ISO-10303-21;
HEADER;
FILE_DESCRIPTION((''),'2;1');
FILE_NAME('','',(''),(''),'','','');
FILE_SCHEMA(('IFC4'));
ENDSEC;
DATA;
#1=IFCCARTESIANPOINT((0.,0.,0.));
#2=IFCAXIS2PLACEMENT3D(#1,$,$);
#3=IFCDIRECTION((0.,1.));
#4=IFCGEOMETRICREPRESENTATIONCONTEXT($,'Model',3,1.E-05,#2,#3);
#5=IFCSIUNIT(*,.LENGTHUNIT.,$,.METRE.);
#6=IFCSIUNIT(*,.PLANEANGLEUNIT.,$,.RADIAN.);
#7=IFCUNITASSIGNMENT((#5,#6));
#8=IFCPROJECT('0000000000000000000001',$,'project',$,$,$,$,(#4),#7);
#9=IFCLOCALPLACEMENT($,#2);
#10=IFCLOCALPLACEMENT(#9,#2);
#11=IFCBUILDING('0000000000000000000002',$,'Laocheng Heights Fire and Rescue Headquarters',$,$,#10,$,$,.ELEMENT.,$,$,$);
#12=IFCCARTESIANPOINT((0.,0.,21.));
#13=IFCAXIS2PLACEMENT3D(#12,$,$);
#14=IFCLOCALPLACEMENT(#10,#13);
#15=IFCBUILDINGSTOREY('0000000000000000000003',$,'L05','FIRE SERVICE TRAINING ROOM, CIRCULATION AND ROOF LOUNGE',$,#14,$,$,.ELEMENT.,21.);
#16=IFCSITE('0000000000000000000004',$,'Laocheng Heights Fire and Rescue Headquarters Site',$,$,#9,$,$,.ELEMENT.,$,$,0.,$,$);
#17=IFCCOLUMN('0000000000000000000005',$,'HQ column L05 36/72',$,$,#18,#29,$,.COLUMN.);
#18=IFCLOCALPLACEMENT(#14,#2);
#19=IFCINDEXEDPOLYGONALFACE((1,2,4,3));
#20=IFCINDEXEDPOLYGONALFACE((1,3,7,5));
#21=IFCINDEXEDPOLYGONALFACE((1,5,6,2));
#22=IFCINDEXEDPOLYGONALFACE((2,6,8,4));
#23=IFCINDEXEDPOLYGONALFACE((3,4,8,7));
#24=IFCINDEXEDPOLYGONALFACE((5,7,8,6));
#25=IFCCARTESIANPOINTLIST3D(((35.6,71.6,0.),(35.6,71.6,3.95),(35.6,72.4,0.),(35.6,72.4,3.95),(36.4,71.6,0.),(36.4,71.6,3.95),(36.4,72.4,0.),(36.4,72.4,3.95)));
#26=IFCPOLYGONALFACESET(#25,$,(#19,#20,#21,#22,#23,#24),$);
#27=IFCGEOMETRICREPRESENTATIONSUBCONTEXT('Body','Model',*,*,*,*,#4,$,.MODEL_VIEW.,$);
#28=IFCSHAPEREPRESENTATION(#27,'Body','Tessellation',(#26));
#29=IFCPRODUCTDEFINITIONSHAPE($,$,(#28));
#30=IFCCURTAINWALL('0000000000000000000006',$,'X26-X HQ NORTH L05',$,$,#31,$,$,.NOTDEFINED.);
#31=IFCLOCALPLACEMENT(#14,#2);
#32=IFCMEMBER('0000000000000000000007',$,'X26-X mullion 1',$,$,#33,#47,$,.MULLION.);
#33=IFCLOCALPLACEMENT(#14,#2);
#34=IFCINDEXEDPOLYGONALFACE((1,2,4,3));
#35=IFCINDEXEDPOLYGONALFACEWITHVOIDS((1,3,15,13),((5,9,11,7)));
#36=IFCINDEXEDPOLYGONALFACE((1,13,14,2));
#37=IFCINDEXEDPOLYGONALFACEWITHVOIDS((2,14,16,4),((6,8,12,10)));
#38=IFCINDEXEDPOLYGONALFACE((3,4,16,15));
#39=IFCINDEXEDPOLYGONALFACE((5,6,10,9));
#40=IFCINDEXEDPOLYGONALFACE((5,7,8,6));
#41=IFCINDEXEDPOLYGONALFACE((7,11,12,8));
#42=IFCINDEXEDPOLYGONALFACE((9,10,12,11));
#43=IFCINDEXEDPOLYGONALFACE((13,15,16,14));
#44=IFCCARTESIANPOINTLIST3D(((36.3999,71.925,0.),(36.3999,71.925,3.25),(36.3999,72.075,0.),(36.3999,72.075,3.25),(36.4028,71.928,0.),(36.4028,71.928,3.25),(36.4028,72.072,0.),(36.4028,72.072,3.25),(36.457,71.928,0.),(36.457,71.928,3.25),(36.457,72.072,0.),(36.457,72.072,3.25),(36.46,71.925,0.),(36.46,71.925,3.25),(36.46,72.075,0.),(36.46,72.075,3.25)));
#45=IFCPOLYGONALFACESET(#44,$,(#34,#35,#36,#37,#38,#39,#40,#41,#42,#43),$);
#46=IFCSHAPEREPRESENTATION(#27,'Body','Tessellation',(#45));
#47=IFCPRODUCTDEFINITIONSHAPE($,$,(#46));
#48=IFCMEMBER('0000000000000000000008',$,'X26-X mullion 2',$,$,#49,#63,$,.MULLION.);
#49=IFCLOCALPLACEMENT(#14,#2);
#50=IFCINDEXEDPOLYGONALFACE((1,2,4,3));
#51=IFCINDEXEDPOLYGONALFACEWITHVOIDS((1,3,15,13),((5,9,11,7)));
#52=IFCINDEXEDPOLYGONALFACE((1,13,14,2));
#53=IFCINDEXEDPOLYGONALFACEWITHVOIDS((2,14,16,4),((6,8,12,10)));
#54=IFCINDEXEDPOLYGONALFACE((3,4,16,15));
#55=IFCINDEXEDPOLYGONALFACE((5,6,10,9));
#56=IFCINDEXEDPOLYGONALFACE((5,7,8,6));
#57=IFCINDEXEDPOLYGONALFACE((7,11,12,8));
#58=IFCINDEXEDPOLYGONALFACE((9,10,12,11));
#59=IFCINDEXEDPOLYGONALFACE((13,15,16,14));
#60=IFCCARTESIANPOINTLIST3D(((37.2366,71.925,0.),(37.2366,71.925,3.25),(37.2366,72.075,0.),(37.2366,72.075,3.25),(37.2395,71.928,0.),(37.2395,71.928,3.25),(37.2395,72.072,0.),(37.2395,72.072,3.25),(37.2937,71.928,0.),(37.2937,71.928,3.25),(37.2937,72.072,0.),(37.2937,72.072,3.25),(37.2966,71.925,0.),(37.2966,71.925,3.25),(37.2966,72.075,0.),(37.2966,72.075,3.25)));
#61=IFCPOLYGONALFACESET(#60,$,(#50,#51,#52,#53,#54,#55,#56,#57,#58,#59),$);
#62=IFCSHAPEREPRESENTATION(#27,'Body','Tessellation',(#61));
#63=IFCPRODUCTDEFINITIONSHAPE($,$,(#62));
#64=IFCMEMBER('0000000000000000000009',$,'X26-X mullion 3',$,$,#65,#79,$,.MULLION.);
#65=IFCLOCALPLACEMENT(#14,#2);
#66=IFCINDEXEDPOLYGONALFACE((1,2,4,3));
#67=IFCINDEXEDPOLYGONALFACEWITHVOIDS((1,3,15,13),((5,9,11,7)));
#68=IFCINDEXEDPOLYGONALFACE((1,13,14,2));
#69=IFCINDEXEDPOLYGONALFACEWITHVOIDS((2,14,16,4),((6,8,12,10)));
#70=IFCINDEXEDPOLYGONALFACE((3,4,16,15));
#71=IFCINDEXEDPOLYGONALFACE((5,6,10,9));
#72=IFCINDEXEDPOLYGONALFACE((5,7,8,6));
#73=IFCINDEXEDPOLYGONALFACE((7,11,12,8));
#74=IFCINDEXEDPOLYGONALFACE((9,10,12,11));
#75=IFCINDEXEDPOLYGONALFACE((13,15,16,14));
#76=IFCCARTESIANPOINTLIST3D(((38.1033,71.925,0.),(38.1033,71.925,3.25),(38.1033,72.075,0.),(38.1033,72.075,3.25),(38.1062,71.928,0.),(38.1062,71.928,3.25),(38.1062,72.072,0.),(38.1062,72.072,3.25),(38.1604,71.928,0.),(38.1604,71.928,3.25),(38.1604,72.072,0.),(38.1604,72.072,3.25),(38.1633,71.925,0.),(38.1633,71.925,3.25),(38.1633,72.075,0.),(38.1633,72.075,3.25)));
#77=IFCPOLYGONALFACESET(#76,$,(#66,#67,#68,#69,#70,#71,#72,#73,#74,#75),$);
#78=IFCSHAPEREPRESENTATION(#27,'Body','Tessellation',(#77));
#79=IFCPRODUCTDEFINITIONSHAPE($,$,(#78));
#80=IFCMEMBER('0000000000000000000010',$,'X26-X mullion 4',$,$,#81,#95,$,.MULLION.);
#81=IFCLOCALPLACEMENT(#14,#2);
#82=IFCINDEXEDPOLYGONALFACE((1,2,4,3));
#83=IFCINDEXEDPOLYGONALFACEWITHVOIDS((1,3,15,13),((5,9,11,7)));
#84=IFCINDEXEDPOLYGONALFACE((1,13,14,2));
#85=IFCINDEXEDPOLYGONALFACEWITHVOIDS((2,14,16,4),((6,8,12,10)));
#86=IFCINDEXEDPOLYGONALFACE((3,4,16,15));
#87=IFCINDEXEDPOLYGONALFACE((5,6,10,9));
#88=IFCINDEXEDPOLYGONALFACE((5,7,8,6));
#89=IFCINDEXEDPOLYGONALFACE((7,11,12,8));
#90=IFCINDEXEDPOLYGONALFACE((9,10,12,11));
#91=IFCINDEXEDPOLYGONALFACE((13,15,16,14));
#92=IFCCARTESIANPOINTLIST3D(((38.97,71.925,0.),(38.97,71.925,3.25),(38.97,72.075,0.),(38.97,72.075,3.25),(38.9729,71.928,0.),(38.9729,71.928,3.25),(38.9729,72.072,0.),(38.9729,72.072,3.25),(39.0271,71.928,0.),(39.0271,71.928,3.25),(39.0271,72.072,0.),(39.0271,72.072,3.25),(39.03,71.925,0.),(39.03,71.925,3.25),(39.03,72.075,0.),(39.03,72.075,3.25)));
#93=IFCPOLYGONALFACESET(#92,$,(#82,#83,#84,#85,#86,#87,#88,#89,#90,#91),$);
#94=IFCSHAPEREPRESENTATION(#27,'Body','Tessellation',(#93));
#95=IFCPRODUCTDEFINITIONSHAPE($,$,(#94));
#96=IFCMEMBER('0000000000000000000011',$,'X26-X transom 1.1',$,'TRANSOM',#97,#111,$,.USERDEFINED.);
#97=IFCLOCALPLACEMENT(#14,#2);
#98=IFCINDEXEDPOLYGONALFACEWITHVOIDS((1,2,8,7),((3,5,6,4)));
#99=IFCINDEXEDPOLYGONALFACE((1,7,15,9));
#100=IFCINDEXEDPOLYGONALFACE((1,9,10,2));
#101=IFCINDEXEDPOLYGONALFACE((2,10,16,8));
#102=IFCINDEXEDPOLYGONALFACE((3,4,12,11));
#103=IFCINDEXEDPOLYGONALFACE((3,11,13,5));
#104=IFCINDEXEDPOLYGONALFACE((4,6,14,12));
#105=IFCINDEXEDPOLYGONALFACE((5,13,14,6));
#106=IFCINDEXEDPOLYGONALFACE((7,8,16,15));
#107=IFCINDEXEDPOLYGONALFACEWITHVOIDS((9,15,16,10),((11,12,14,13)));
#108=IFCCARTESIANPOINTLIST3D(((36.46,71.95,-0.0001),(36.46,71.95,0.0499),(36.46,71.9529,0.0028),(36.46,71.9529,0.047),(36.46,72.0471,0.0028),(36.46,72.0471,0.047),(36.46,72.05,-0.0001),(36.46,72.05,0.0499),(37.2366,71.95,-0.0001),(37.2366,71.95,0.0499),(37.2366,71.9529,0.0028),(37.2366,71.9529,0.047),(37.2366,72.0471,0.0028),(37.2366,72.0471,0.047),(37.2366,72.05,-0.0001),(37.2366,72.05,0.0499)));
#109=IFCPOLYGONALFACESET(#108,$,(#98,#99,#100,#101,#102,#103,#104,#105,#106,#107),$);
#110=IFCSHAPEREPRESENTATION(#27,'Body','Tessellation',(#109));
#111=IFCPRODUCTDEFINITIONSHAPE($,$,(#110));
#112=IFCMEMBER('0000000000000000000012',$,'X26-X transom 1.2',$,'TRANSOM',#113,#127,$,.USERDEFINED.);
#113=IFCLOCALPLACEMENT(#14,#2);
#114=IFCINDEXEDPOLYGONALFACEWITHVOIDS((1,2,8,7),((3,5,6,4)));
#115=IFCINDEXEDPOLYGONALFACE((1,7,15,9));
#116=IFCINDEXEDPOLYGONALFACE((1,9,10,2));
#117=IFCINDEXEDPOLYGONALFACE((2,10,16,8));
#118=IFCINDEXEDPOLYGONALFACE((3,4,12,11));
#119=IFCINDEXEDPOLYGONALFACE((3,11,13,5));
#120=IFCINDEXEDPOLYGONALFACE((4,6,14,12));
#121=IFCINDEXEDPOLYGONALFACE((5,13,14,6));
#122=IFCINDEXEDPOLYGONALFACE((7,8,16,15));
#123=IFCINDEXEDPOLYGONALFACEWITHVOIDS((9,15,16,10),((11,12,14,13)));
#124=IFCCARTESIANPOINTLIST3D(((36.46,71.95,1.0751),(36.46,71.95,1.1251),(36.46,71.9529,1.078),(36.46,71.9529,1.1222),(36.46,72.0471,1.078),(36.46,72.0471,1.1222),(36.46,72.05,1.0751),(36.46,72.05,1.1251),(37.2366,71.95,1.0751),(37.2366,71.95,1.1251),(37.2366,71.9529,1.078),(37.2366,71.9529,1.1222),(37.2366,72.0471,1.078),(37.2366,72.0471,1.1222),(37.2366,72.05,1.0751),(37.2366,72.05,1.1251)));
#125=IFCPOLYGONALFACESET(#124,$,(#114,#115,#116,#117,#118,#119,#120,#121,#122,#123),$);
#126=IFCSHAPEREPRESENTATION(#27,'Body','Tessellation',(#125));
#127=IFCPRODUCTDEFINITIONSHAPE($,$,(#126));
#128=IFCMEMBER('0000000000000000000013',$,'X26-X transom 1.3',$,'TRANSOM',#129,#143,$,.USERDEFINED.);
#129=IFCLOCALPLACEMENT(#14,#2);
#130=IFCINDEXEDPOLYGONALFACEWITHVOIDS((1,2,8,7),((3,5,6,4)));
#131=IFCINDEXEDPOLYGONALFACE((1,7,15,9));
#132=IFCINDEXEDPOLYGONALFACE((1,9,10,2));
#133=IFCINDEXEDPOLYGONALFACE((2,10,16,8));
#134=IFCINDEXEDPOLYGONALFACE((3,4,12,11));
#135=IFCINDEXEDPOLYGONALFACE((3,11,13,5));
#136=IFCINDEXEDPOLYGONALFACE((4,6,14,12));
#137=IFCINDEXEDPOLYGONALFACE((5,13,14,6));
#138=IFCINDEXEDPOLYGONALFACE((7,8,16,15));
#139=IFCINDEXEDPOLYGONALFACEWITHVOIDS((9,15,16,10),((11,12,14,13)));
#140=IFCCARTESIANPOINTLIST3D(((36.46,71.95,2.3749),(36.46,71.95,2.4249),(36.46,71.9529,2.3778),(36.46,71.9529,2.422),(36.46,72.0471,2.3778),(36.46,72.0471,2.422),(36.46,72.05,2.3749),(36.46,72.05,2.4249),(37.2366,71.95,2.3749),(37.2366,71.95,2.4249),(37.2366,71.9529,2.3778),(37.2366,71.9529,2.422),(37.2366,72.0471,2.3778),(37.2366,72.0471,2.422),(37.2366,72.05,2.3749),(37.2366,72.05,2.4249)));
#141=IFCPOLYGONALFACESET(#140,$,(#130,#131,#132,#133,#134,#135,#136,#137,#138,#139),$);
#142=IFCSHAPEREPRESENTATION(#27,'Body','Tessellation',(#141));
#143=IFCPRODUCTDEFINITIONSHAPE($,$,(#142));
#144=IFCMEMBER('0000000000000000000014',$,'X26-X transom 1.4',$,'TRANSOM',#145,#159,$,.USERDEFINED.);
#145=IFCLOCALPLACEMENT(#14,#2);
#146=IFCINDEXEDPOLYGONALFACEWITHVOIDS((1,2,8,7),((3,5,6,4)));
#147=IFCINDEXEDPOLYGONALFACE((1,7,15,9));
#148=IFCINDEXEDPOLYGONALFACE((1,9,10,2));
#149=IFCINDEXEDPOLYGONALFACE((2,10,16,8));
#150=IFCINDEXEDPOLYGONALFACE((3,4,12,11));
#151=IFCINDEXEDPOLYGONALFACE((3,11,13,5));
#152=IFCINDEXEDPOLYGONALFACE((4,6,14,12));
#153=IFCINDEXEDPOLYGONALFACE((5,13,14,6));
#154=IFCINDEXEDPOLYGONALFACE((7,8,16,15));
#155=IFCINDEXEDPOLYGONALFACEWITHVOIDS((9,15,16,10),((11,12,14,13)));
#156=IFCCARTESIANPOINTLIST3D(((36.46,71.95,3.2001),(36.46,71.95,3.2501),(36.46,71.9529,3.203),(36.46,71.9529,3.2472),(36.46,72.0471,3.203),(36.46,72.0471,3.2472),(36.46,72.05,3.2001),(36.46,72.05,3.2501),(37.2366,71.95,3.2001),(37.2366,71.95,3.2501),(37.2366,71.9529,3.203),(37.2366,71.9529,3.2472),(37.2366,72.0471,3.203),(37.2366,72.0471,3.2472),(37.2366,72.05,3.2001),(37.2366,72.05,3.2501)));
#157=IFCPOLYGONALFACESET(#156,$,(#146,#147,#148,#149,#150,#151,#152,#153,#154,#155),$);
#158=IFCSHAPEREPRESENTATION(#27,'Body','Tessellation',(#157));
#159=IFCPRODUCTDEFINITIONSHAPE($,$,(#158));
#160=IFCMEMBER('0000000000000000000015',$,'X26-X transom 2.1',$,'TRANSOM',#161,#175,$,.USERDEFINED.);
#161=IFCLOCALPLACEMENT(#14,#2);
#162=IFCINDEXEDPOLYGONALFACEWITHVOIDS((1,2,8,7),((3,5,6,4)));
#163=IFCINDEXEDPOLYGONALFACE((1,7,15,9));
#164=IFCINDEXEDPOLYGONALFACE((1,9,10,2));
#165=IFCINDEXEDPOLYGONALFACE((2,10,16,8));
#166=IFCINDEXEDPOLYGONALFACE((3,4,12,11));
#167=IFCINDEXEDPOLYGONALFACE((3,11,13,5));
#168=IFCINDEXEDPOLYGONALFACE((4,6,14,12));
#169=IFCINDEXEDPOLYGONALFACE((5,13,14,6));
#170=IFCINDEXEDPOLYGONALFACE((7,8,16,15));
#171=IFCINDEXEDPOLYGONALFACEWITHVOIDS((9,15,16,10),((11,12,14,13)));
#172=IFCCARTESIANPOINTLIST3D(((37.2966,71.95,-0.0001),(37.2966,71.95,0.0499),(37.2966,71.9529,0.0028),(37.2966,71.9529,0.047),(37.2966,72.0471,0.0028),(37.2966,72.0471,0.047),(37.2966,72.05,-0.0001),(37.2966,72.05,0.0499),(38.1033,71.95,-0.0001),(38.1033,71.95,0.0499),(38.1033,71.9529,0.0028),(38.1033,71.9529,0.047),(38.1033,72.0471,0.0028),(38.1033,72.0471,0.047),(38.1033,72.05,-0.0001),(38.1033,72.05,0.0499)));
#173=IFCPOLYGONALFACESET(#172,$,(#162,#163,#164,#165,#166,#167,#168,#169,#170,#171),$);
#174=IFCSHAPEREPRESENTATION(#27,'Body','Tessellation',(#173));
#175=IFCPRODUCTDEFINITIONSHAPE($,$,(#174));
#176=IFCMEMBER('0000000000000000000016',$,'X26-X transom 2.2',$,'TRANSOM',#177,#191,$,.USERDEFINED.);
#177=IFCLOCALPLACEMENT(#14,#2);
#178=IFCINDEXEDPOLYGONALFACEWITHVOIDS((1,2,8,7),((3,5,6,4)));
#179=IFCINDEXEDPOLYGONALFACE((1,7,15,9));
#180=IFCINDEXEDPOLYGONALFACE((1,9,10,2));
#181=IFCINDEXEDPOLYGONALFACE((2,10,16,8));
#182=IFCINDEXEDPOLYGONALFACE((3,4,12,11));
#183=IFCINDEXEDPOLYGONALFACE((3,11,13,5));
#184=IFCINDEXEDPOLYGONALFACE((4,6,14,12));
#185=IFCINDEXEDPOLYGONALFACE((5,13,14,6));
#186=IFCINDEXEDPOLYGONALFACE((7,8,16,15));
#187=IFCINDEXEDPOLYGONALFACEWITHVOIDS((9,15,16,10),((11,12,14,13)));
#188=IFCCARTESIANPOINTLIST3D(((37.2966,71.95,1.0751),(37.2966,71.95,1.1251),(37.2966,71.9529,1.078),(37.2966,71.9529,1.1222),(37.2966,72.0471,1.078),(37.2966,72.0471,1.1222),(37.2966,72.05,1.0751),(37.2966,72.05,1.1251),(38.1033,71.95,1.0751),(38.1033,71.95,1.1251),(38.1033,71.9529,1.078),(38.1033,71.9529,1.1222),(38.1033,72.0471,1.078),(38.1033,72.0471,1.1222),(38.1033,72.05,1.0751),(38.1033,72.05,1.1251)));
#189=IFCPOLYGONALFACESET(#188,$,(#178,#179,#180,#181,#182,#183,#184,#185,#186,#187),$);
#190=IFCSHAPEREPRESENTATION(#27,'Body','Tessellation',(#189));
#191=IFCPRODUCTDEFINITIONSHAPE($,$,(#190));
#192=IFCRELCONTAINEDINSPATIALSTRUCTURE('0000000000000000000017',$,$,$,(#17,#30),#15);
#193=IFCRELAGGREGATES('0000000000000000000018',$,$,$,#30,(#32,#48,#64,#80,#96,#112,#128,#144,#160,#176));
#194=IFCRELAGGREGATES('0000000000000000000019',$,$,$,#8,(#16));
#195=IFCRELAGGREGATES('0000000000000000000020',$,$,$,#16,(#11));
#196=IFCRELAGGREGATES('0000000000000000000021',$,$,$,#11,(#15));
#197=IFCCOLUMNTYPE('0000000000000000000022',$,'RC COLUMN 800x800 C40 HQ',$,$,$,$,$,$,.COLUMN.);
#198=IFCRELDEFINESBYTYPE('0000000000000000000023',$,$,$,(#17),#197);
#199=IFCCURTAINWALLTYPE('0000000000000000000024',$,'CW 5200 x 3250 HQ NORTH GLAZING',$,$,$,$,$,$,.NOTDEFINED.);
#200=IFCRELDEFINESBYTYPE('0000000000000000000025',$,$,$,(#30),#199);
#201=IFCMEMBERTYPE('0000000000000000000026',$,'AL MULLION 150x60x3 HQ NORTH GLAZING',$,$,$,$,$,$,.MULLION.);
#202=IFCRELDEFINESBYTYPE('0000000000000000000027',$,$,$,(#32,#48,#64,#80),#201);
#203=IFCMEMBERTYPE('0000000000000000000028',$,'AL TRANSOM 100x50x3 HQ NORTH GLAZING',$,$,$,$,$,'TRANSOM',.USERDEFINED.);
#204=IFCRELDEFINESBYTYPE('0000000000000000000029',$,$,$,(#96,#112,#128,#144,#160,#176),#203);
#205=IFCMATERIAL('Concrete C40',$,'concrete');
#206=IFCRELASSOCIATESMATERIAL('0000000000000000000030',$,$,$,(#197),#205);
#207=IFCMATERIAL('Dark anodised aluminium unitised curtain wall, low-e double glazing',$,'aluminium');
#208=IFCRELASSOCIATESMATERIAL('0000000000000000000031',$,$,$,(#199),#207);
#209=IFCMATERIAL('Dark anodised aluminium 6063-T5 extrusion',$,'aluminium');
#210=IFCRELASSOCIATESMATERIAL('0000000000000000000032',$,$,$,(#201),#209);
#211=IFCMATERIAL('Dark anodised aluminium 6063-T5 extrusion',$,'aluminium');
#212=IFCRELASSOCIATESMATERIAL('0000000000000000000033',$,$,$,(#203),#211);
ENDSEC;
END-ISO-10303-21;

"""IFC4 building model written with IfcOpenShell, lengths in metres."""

from ifc_helpers import new_model, si_unit, direction, frame, origin, origin_2d, place, context, subcontext, project, spatial, rectangle, hollow_rectangle, extrude, material, material_profile, profile_set, type_object, element, aggregate, save


model = new_model("IFC4")

# Units and contexts
model_context = context("Model", 3, precision=1e-05, world=origin(), true_north=direction((0.0, 1.0)))
body_context = subcontext(model_context, "Body", "Model", "MODEL_VIEW")
ifc_project = project(units=[si_unit("LENGTHUNIT", "METRE"), si_unit("PLANEANGLEUNIT", "RADIAN")], contexts=[model_context])

# Site, building, storey
site_placement = place(None, origin())
site = spatial("IfcSite", under=ifc_project, at=site_placement, Name="Laocheng Heights Fire and Rescue Headquarters Site", CompositionType="ELEMENT", RefElevation=0.0)
building_placement = place(site_placement, origin())
building = spatial("IfcBuilding", under=site, at=building_placement, Name="Laocheng Heights Fire and Rescue Headquarters", CompositionType="ELEMENT")
storey_placement = place(building_placement, frame((0.0, 0.0, 21.0)))
storey = spatial("IfcBuildingStorey", under=building, at=storey_placement, Name="L05", Description="FIRE SERVICE TRAINING ROOM, CIRCULATION AND ROOF LOUNGE", CompositionType="ELEMENT", Elevation=21.0)

# Column
ifc_material_1 = material(Name="Concrete C40", Category="concrete")
ifc_material_profile_1 = material_profile(ifc_material_1, rectangle(XDim=0.8, YDim=0.8, at=origin_2d()), Name="RC COLUMN 800x800 C40 HQ")
ifc_profile_set_1 = profile_set([ifc_material_profile_1], Name="Concrete C40")
column_type = type_object("IfcColumnType", Name="RC COLUMN 800x800 C40 HQ", PredefinedType="COLUMN", material=ifc_profile_set_1)
column_placement = place(storey_placement, frame((36.0, 72.0, 0.0), z_axis=(0.0, 0.0, 1.0), x_axis=(1.0, 0.0, 0.0)))
element("IfcColumn", 1, at=column_placement, inside=storey, type_object=column_type, Name="HQ column L05 36/72", PredefinedType="COLUMN", context=body_context, shape_type="SweptSolid", body=[
    extrude(rectangle(XDim=0.8, YDim=0.8, at=origin_2d()), origin(), (0.0, 0.0, 1.0), 3.95),
])

# Curtain wall, members
ifc_material_2 = material(Name="Dark anodised aluminium unitised curtain wall, low-e double glazing", Category="aluminium")
curtain_wall_type = type_object("IfcCurtainWallType", Name="CW 5200 x 3250 HQ NORTH GLAZING", PredefinedType="NOTDEFINED", material=ifc_material_2)
curtain_wall_placement = place(storey_placement, origin())
curtain_wall = element("IfcCurtainWall", 2, at=curtain_wall_placement, inside=storey, type_object=curtain_wall_type, Name="X26-X HQ NORTH L05", PredefinedType="NOTDEFINED")
ifc_material_3 = material(Name="Dark anodised aluminium 6063-T5 extrusion", Category="aluminium")
ifc_material_profile_2 = material_profile(ifc_material_3, hollow_rectangle(XDim=0.1499, YDim=0.0601, WallThickness=0.0029, at=origin_2d()), Name="AL MULLION 150x60x3 HQ NORTH GLAZING")
ifc_profile_set_2 = profile_set([ifc_material_profile_2], Name="Dark anodised aluminium 6063-T5 extrusion")
member_type_1 = type_object("IfcMemberType", Name="AL MULLION 150x60x3 HQ NORTH GLAZING", PredefinedType="MULLION", material=ifc_profile_set_2)
member_1_placement = place(storey_placement, frame((36.4299, 72.0, 0.0), z_axis=(0.0, 0.0, 1.0), x_axis=(0.0, 1.0, 0.0)))
member_1 = element("IfcMember", 3, at=member_1_placement, type_object=member_type_1, Name="X26-X mullion 1", PredefinedType="MULLION", context=body_context, shape_type="SweptSolid", body=[
    extrude(hollow_rectangle(XDim=0.1499, YDim=0.0601, WallThickness=0.0029, at=origin_2d()), origin(), (0.0, 0.0, 1.0), 3.25),
])
member_2_placement = place(storey_placement, frame((37.2666, 72.0, 0.0), z_axis=(0.0, 0.0, 1.0), x_axis=(0.0, 1.0, 0.0)))
member_2 = element("IfcMember", 4, at=member_2_placement, type_object=member_type_1, Name="X26-X mullion 2", PredefinedType="MULLION", context=body_context, shape_type="SweptSolid", body=[
    extrude(hollow_rectangle(XDim=0.1499, YDim=0.0601, WallThickness=0.0029, at=origin_2d()), origin(), (0.0, 0.0, 1.0), 3.25),
])
member_3_placement = place(storey_placement, frame((38.1333, 72.0, 0.0), z_axis=(0.0, 0.0, 1.0), x_axis=(0.0, 1.0, 0.0)))
member_3 = element("IfcMember", 5, at=member_3_placement, type_object=member_type_1, Name="X26-X mullion 3", PredefinedType="MULLION", context=body_context, shape_type="SweptSolid", body=[
    extrude(hollow_rectangle(XDim=0.1499, YDim=0.0601, WallThickness=0.0029, at=origin_2d()), origin(), (0.0, 0.0, 1.0), 3.25),
])
member_4_placement = place(storey_placement, frame((39.0, 72.0, 0.0), z_axis=(0.0, 0.0, 1.0), x_axis=(0.0, 1.0, 0.0)))
member_4 = element("IfcMember", 6, at=member_4_placement, type_object=member_type_1, Name="X26-X mullion 4", PredefinedType="MULLION", context=body_context, shape_type="SweptSolid", body=[
    extrude(hollow_rectangle(XDim=0.1499, YDim=0.0601, WallThickness=0.0029, at=origin_2d()), origin(), (0.0, 0.0, 1.0), 3.25),
])
ifc_material_4 = material(Name="Dark anodised aluminium 6063-T5 extrusion", Category="aluminium")
ifc_material_profile_3 = material_profile(ifc_material_4, hollow_rectangle(XDim=0.1001, YDim=0.05, WallThickness=0.0029, at=origin_2d()), Name="AL TRANSOM 100x50x3 HQ NORTH GLAZING")
ifc_profile_set_3 = profile_set([ifc_material_profile_3], Name="Dark anodised aluminium 6063-T5 extrusion")
member_type_2 = type_object("IfcMemberType", Name="AL TRANSOM 100x50x3 HQ NORTH GLAZING", ElementType="TRANSOM", PredefinedType="USERDEFINED", material=ifc_profile_set_3)
member_5_placement = place(storey_placement, frame((36.46, 72.0, 0.0249), z_axis=(1.0, 0.0, 0.0), x_axis=(0.0, 1.0, 0.0)))
member_5 = element("IfcMember", 7, at=member_5_placement, type_object=member_type_2, Name="X26-X transom 1.1", ObjectType="TRANSOM", PredefinedType="USERDEFINED", context=body_context, shape_type="SweptSolid", body=[
    extrude(hollow_rectangle(XDim=0.1001, YDim=0.05, WallThickness=0.0029, at=origin_2d()), origin(), (0.0, 0.0, 1.0), 0.7766),
])
member_6_placement = place(storey_placement, frame((36.46, 72.0, 1.1001), z_axis=(1.0, 0.0, 0.0), x_axis=(0.0, 1.0, 0.0)))
member_6 = element("IfcMember", 8, at=member_6_placement, type_object=member_type_2, Name="X26-X transom 1.2", ObjectType="TRANSOM", PredefinedType="USERDEFINED", context=body_context, shape_type="SweptSolid", body=[
    extrude(hollow_rectangle(XDim=0.1001, YDim=0.05, WallThickness=0.0029, at=origin_2d()), origin(), (0.0, 0.0, 1.0), 0.7766),
])
member_7_placement = place(storey_placement, frame((36.46, 72.0, 2.3999), z_axis=(1.0, 0.0, 0.0), x_axis=(0.0, 1.0, 0.0)))
member_7 = element("IfcMember", 9, at=member_7_placement, type_object=member_type_2, Name="X26-X transom 1.3", ObjectType="TRANSOM", PredefinedType="USERDEFINED", context=body_context, shape_type="SweptSolid", body=[
    extrude(hollow_rectangle(XDim=0.1001, YDim=0.05, WallThickness=0.0029, at=origin_2d()), origin(), (0.0, 0.0, 1.0), 0.7766),
])
member_8_placement = place(storey_placement, frame((36.46, 72.0, 3.2251), z_axis=(1.0, 0.0, 0.0), x_axis=(0.0, 1.0, 0.0)))
member_8 = element("IfcMember", 10, at=member_8_placement, type_object=member_type_2, Name="X26-X transom 1.4", ObjectType="TRANSOM", PredefinedType="USERDEFINED", context=body_context, shape_type="SweptSolid", body=[
    extrude(hollow_rectangle(XDim=0.1001, YDim=0.05, WallThickness=0.0029, at=origin_2d()), origin(), (0.0, 0.0, 1.0), 0.7766),
])
member_9_placement = place(storey_placement, frame((37.2966, 72.0, 0.0249), z_axis=(1.0, 0.0, 0.0), x_axis=(0.0, 1.0, 0.0)))
member_9 = element("IfcMember", 11, at=member_9_placement, type_object=member_type_2, Name="X26-X transom 2.1", ObjectType="TRANSOM", PredefinedType="USERDEFINED", context=body_context, shape_type="SweptSolid", body=[
    extrude(hollow_rectangle(XDim=0.1001, YDim=0.05, WallThickness=0.0029, at=origin_2d()), origin(), (0.0, 0.0, 1.0), 0.8066),
])
member_10_placement = place(storey_placement, frame((37.2966, 72.0, 1.1001), z_axis=(1.0, 0.0, 0.0), x_axis=(0.0, 1.0, 0.0)))
member_10 = element("IfcMember", 12, at=member_10_placement, type_object=member_type_2, Name="X26-X transom 2.2", ObjectType="TRANSOM", PredefinedType="USERDEFINED", context=body_context, shape_type="SweptSolid", body=[
    extrude(hollow_rectangle(XDim=0.1001, YDim=0.05, WallThickness=0.0029, at=origin_2d()), origin(), (0.0, 0.0, 1.0), 0.8066),
])

aggregate(curtain_wall, [member_1, member_2, member_3, member_4, member_5, member_6, member_7, member_8, member_9, member_10])

save(model, "model.ifc")
